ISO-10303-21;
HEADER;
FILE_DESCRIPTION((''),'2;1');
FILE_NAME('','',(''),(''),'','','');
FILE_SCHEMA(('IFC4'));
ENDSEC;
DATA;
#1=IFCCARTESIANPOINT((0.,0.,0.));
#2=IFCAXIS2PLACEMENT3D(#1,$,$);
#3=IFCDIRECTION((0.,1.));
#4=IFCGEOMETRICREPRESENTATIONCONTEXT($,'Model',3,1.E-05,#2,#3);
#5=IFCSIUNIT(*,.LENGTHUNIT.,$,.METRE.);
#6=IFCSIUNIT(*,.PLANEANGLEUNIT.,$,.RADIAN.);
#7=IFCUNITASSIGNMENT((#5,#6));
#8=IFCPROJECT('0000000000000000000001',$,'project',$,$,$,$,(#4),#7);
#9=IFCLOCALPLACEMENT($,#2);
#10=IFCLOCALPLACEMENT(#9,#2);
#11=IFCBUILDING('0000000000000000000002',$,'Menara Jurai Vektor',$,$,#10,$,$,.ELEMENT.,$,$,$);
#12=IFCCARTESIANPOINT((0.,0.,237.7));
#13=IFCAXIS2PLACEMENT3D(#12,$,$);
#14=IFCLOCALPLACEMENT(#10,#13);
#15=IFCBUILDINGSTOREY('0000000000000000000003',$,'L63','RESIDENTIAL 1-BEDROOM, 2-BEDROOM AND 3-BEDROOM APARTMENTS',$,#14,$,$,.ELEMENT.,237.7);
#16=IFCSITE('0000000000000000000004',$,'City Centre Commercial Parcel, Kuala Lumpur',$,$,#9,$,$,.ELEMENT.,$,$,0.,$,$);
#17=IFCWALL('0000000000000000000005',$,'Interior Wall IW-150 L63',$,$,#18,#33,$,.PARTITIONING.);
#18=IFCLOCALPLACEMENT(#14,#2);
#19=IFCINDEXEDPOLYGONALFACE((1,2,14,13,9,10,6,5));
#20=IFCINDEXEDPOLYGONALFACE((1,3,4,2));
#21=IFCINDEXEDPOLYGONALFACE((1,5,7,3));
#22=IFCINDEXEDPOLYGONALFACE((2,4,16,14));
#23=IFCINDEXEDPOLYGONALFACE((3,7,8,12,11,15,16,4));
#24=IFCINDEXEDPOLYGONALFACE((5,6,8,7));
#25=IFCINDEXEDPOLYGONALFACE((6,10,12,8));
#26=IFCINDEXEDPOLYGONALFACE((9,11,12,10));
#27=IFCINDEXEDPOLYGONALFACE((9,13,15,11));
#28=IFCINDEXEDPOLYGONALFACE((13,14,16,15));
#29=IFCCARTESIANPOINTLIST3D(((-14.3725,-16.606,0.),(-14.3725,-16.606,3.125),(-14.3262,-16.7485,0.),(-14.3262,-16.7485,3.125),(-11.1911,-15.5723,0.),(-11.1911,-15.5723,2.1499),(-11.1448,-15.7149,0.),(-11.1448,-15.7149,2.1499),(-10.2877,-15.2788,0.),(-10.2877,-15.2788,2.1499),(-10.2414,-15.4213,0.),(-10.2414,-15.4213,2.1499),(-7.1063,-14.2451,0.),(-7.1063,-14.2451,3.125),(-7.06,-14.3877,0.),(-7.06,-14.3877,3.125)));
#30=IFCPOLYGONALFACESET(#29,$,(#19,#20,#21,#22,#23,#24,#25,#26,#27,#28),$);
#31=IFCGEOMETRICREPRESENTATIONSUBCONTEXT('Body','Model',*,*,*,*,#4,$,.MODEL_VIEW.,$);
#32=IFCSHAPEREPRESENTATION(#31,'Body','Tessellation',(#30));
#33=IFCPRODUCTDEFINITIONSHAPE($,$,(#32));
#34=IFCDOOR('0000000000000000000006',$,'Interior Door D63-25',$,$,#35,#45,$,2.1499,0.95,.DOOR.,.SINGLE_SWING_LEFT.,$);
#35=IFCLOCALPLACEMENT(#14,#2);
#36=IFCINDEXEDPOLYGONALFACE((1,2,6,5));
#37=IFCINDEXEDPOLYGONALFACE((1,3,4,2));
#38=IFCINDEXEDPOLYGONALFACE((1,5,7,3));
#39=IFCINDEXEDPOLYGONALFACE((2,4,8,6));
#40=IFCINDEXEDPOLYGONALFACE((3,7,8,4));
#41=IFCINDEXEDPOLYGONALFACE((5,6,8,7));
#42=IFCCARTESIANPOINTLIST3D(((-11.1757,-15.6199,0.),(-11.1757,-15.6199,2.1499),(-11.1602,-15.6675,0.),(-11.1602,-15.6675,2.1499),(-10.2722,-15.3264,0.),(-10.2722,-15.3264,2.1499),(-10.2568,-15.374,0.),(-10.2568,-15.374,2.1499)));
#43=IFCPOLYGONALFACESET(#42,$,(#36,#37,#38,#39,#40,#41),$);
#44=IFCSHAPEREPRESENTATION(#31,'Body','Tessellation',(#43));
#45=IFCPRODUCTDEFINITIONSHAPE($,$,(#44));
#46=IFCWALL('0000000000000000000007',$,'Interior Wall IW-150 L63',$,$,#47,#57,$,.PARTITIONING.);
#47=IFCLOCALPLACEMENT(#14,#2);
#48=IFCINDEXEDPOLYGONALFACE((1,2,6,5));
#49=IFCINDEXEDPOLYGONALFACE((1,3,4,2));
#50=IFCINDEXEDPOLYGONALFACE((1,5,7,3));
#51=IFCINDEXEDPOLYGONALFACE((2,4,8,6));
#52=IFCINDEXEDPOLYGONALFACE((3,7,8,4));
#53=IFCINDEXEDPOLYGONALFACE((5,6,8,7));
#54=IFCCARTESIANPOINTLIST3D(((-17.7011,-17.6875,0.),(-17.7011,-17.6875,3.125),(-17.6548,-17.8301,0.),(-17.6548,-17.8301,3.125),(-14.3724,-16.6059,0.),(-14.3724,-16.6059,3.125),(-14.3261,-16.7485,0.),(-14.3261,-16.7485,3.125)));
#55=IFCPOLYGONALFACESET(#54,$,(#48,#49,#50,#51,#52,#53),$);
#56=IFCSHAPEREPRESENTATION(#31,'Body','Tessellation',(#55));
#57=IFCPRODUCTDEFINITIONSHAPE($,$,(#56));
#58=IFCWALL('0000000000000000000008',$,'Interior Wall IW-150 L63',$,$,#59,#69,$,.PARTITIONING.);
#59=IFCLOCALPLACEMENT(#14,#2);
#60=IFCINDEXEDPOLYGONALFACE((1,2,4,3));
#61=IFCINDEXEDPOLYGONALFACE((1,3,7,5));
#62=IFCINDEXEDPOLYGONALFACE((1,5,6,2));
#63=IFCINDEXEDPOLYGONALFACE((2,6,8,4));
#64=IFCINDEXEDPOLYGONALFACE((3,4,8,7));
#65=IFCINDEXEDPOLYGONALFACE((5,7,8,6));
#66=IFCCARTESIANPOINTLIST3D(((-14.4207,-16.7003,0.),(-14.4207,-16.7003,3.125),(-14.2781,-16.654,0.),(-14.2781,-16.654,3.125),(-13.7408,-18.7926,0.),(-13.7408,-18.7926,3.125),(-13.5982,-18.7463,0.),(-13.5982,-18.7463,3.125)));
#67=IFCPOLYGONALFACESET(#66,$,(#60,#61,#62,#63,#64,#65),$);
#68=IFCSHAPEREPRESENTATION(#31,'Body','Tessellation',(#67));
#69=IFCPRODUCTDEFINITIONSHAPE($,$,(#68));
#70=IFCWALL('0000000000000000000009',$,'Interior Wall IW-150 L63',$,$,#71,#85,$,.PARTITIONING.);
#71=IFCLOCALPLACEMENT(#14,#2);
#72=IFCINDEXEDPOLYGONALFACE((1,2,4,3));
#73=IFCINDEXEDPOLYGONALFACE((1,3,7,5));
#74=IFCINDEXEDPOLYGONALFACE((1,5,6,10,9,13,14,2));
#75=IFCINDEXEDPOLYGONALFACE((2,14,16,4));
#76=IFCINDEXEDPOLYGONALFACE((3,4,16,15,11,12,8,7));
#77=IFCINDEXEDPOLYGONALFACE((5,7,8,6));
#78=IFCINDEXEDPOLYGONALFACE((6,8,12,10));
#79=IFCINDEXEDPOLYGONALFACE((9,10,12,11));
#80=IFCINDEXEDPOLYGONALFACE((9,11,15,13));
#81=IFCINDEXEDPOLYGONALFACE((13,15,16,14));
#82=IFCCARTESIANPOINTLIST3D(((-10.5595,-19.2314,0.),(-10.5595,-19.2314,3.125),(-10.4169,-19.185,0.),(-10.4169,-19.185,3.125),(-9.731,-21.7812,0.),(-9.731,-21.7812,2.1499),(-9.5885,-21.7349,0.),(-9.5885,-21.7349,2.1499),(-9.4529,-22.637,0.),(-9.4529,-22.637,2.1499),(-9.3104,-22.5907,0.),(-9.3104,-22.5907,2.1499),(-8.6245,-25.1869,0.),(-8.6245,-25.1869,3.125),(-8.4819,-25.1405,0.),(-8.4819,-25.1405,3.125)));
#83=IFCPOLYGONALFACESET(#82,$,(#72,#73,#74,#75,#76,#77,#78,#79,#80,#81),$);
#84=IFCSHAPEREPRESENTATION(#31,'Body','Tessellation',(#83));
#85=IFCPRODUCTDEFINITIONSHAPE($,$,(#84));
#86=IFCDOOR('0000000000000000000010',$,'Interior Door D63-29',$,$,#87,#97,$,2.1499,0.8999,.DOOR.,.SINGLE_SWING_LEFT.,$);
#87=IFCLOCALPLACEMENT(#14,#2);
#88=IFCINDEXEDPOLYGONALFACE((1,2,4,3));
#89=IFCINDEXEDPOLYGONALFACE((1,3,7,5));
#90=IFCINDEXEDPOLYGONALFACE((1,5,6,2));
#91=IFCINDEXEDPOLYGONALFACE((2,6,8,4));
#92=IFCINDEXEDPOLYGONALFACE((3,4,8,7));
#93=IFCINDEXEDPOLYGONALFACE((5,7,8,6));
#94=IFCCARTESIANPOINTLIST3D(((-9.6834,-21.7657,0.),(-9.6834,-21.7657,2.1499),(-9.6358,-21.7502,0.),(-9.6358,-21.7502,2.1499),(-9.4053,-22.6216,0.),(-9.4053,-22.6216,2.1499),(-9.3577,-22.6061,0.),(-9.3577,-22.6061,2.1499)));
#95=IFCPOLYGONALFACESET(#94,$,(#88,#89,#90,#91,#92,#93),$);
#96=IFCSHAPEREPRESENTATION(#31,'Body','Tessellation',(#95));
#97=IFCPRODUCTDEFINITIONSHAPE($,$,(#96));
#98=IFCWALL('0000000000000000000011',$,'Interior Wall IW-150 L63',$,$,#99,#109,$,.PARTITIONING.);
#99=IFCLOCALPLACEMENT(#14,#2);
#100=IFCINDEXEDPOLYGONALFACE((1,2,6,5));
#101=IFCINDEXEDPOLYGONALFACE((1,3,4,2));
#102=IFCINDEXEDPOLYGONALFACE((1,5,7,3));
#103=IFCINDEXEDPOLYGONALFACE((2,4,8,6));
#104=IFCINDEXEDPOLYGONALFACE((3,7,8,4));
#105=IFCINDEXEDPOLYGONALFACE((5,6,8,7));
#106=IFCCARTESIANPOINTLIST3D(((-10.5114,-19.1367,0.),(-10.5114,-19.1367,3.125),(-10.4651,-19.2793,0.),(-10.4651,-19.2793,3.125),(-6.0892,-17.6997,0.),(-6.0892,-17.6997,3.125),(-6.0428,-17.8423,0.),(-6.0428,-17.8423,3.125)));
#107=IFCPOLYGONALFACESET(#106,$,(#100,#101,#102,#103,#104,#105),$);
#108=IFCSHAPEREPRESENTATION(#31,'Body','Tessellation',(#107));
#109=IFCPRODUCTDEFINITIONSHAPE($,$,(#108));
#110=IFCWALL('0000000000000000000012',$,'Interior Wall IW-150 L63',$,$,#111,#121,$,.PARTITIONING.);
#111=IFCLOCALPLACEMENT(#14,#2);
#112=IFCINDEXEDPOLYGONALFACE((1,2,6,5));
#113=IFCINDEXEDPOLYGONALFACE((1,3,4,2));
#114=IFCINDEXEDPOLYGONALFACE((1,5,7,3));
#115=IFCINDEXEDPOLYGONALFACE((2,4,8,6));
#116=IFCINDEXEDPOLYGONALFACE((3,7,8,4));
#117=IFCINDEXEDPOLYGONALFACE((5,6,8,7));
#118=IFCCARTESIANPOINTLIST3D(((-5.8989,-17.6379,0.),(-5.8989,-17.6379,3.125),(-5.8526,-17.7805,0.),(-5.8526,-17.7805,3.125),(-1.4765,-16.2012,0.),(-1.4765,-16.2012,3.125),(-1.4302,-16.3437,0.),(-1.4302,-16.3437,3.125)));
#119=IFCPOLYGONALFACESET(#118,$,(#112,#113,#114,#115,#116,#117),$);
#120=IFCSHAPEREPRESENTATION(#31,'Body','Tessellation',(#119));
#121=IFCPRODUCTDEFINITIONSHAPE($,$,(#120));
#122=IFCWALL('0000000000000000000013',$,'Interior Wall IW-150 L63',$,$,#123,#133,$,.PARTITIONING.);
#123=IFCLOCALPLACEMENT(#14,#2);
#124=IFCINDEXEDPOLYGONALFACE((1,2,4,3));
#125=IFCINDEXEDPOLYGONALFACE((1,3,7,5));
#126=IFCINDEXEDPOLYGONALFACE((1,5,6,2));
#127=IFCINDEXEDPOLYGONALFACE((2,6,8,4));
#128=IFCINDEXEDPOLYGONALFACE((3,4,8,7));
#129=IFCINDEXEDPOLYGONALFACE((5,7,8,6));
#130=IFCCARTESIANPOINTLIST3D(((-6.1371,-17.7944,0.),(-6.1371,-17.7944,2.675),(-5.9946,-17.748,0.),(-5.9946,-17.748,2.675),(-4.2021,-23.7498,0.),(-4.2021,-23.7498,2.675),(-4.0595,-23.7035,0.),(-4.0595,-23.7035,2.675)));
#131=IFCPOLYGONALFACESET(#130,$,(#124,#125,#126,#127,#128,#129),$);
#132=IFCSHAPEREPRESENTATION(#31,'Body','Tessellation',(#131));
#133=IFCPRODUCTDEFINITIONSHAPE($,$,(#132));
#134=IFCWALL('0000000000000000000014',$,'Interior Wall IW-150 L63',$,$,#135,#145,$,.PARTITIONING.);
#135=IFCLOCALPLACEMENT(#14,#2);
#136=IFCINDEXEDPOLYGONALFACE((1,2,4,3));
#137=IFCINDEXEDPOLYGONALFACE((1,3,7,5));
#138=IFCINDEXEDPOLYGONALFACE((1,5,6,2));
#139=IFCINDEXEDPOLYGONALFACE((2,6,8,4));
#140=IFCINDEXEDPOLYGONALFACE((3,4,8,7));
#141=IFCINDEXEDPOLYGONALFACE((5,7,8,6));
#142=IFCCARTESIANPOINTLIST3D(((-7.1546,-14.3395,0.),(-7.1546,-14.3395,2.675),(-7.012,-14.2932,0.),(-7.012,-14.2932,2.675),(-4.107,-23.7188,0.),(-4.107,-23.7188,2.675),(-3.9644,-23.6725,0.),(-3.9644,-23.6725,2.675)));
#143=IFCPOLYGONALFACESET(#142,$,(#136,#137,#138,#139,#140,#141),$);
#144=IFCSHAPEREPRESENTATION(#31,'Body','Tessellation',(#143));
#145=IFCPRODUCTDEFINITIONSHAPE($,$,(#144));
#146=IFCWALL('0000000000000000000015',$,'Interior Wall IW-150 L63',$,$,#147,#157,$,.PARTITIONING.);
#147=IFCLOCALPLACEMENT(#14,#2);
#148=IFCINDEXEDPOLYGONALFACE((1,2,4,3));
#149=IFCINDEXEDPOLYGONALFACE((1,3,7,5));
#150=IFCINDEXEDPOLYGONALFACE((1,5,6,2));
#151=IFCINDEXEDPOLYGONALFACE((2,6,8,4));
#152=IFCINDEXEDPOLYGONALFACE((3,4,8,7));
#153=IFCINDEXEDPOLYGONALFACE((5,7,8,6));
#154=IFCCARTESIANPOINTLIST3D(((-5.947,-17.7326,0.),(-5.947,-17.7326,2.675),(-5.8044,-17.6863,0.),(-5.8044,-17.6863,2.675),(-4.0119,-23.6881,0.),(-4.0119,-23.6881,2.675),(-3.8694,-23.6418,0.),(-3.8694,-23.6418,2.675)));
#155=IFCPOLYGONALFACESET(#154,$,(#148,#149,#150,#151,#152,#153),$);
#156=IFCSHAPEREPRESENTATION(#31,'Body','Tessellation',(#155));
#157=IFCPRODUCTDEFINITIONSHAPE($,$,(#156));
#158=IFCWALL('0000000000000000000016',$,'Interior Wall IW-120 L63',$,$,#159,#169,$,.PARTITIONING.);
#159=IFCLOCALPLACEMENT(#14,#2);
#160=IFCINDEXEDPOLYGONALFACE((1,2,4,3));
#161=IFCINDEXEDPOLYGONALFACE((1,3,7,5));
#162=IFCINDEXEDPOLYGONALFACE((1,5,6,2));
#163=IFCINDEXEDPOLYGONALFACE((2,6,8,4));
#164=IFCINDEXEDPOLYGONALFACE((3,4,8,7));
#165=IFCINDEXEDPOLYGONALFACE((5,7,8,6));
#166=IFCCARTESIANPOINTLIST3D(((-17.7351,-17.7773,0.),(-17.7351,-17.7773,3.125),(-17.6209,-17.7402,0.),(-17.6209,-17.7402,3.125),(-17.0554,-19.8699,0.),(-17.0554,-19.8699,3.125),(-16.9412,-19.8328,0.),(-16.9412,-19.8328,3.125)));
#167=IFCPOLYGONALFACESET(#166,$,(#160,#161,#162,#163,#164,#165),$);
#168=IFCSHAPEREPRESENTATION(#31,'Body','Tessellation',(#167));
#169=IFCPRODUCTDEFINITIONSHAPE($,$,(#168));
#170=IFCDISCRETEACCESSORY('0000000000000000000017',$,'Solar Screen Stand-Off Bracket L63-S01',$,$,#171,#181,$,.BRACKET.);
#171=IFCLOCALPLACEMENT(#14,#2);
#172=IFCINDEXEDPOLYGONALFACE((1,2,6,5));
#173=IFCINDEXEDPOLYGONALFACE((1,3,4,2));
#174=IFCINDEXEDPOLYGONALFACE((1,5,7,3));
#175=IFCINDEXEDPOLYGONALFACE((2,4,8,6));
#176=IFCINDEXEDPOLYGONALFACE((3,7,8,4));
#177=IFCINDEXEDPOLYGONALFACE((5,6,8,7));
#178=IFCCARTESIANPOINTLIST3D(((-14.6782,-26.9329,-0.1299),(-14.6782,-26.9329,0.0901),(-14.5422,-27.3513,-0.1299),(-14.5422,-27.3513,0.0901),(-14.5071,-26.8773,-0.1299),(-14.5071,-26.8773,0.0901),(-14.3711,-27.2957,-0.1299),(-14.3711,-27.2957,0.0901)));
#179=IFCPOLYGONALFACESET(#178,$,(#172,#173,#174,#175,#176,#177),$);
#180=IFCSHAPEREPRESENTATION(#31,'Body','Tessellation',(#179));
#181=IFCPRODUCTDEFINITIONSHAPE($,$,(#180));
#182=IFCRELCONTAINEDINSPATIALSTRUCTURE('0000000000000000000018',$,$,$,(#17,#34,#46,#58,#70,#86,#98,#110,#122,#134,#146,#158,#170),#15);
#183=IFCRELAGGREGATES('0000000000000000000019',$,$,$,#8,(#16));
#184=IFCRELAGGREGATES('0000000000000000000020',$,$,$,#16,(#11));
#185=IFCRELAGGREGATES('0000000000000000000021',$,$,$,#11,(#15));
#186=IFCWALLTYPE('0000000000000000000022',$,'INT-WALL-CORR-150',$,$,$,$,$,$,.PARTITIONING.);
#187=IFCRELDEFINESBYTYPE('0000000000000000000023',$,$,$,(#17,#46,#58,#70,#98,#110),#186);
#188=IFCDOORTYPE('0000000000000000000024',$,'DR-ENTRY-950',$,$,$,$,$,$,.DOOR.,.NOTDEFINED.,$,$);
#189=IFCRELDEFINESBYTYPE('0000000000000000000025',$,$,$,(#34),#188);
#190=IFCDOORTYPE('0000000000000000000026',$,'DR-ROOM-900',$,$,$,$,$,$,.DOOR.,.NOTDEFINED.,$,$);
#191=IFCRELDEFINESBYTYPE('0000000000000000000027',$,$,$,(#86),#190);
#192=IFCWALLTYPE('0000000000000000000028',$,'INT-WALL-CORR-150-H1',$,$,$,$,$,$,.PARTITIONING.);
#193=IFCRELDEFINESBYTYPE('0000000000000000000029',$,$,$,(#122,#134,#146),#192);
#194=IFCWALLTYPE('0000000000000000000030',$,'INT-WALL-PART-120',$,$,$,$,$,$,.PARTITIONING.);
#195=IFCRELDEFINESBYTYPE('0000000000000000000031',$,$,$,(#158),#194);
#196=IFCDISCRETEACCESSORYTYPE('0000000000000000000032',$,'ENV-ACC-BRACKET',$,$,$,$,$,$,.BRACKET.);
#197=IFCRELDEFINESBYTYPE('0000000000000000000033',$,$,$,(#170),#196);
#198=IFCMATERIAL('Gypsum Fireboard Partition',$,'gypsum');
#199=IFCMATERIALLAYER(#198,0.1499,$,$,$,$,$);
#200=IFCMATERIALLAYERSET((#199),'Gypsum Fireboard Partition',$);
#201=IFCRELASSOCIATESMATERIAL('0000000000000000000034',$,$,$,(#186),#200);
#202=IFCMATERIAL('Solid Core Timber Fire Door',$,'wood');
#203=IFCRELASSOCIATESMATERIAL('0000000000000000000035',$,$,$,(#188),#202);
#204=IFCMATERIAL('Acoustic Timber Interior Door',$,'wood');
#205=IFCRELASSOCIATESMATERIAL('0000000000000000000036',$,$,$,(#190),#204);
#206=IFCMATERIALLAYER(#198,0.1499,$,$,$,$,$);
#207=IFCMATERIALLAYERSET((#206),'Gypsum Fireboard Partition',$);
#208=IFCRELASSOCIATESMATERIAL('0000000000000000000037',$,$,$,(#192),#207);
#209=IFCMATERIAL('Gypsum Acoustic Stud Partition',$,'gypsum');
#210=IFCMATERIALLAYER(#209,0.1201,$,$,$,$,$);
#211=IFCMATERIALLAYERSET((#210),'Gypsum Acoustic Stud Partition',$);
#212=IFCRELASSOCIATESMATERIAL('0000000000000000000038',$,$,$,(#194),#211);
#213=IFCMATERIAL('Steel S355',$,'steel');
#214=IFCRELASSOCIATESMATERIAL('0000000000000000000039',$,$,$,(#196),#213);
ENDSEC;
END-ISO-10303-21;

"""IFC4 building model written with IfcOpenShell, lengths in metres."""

from ifc_helpers import new_model, si_unit, direction, frame, frame_2d, origin, origin_2d, place, context, subcontext, project, spatial, rectangle, extrude, material, layer, layer_set, type_object, element, fill, save


model = new_model("IFC4")

# Units and contexts
model_context = context("Model", 3, precision=1e-05, world=origin(), true_north=direction((0.0, 1.0)))
body_context = subcontext(model_context, "Body", "Model", "MODEL_VIEW")
ifc_project = project(units=[si_unit("LENGTHUNIT", "METRE"), si_unit("PLANEANGLEUNIT", "RADIAN")], contexts=[model_context])

# Site, building, storey
site_placement = place(None, origin())
site = spatial("IfcSite", under=ifc_project, at=site_placement, Name="City Centre Commercial Parcel, Kuala Lumpur", CompositionType="ELEMENT", RefElevation=0.0)
building_placement = place(site_placement, origin())
building = spatial("IfcBuilding", under=site, at=building_placement, Name="Menara Jurai Vektor", CompositionType="ELEMENT")
storey_placement = place(building_placement, frame((0.0, 0.0, 237.7)))
storey = spatial("IfcBuildingStorey", under=building, at=storey_placement, Name="L63", Description="RESIDENTIAL 1-BEDROOM, 2-BEDROOM AND 3-BEDROOM APARTMENTS", CompositionType="ELEMENT", Elevation=237.7)

# Shared definitions
ifc_material_1 = material(Name="Steel S355", Category="steel")

# Wall, opening, door
ifc_material_2 = material(Name="Gypsum Fireboard Partition", Category="gypsum")
ifc_layer_1 = layer(ifc_material_2, 0.1499)
ifc_layer_set_1 = layer_set([ifc_layer_1], Name="Gypsum Fireboard Partition")
wall_type_1 = type_object("IfcWallType", Name="INT-WALL-CORR-150", PredefinedType="PARTITIONING", material=ifc_layer_set_1)
wall_1_placement = place(storey_placement, frame((-14.3494, -16.6772, 0.0), z_axis=(0.0, 0.0, 1.0), x_axis=(0.951059, 0.309009, 0.0)))
wall_1 = element("IfcWall", 1, at=wall_1_placement, inside=storey, type_object=wall_type_1, Name="Interior Wall IW-150 L63", PredefinedType="PARTITIONING", context=body_context, shape_type="SweptSolid", body=[
    extrude(rectangle(XDim=7.6401, YDim=0.1499, at=frame_2d((3.8201, 0.0))), origin(), (0.0, 0.0, 1.0), 3.125),
])
opening_1_placement = place(wall_1_placement, frame((3.345, 0.0, 0.0)))
opening_1 = element("IfcOpeningElement", 2, at=opening_1_placement, cuts=wall_1, PredefinedType="OPENING", context=body_context, shape_type="SweptSolid", body=[
    extrude(rectangle(XDim=0.95, YDim=2.1499, at=frame_2d((0.4751, 1.075))), frame((0.0, 0.085, 0.0), z_axis=(0.0, -1.0, 0.0), x_axis=(1.0, 0.0, 0.0)), (0.0, 0.0, 1.0), 0.1699),
])
ifc_material_3 = material(Name="Solid Core Timber Fire Door", Category="wood")
door_type_1 = type_object("IfcDoorType", Name="DR-ENTRY-950", OperationType="NOTDEFINED", PredefinedType="DOOR", material=ifc_material_3)
door_1_placement = place(opening_1_placement, origin())
door_1 = element("IfcDoor", 3, at=door_1_placement, inside=storey, type_object=door_type_1, Name="Interior Door D63-25", OperationType="SINGLE_SWING_LEFT", OverallHeight=2.1499, OverallWidth=0.95, PredefinedType="DOOR", context=body_context, shape_type="SweptSolid", body=[
    extrude(rectangle(XDim=0.95, YDim=2.1499, at=frame_2d((0.4751, 1.075))), frame((0.0, 0.0249, 0.0), z_axis=(0.0, -1.0, 0.0), x_axis=(1.0, 0.0, 0.0)), (0.0, 0.0, 1.0), 0.05),
])
fill(opening_1, door_1)

# Wall
wall_2_placement = place(storey_placement, frame((-17.678, -17.7588, 0.0), z_axis=(0.0, 0.0, 1.0), x_axis=(0.951056, 0.30902, 0.0)))
element("IfcWall", 4, at=wall_2_placement, inside=storey, type_object=wall_type_1, Name="Interior Wall IW-150 L63", PredefinedType="PARTITIONING", context=body_context, shape_type="SweptSolid", body=[
    extrude(rectangle(XDim=3.5, YDim=0.1499, at=frame_2d((1.75, 0.0))), origin(), (0.0, 0.0, 1.0), 3.125),
])

# Wall
wall_3_placement = place(storey_placement, frame((-13.6694, -18.7695, 0.0), z_axis=(0.0, 0.0, 1.0), x_axis=(-0.309061, 0.951042, 0.0)))
element("IfcWall", 5, at=wall_3_placement, inside=storey, type_object=wall_type_1, Name="Interior Wall IW-150 L63", PredefinedType="PARTITIONING", context=body_context, shape_type="SweptSolid", body=[
    extrude(rectangle(XDim=2.2, YDim=0.1499, at=frame_2d((1.1001, 0.0))), origin(), (0.0, 0.0, 1.0), 3.125),
])

# Wall, opening, door
wall_4_placement = place(storey_placement, frame((-8.5532, -25.1636, 0.0), z_axis=(0.0, 0.0, 1.0), x_axis=(-0.309014, 0.951058, 0.0)))
wall_4 = element("IfcWall", 6, at=wall_4_placement, inside=storey, type_object=wall_type_1, Name="Interior Wall IW-150 L63", PredefinedType="PARTITIONING", context=body_context, shape_type="SweptSolid", body=[
    extrude(rectangle(XDim=6.262, YDim=0.1499, at=frame_2d((3.1309, 0.0))), origin(), (0.0, 0.0, 1.0), 3.125),
])
opening_2_placement = place(wall_4_placement, frame((2.6809, 0.0, 0.0)))
opening_2 = element("IfcOpeningElement", 7, at=opening_2_placement, cuts=wall_4, PredefinedType="OPENING", context=body_context, shape_type="SweptSolid", body=[
    extrude(rectangle(XDim=0.8999, YDim=2.1499, at=frame_2d((0.45, 1.075))), frame((0.0, 0.085, 0.0), z_axis=(0.0, -1.0, 0.0), x_axis=(1.0, 0.0, 0.0)), (0.0, 0.0, 1.0), 0.1699),
])
ifc_material_4 = material(Name="Acoustic Timber Interior Door", Category="wood")
door_type_2 = type_object("IfcDoorType", Name="DR-ROOM-900", OperationType="NOTDEFINED", PredefinedType="DOOR", material=ifc_material_4)
door_2_placement = place(opening_2_placement, origin())
door_2 = element("IfcDoor", 8, at=door_2_placement, inside=storey, type_object=door_type_2, Name="Interior Door D63-29", OperationType="SINGLE_SWING_LEFT", OverallHeight=2.1499, OverallWidth=0.8999, PredefinedType="DOOR", context=body_context, shape_type="SweptSolid", body=[
    extrude(rectangle(XDim=0.8999, YDim=2.1499, at=frame_2d((0.45, 1.075))), frame((0.0, 0.0249, 0.0), z_axis=(0.0, -1.0, 0.0), x_axis=(1.0, 0.0, 0.0)), (0.0, 0.0, 1.0), 0.05),
])
fill(opening_2, door_2)

# Walls
for number, where, z_axis, x_axis, name in (
    (9, (-10.4883, -19.208, 0.0), (0.0, 0.0, 1.0), (0.95105, 0.309036, 0.0), "Interior Wall IW-150 L63"),
    (10, (-5.8757, -17.7092, 0.0), (0.0, 0.0, 1.0), (0.951066, 0.308989, 0.0), "Interior Wall IW-150 L63"),
):
    element("IfcWall", number, at=place(storey_placement, frame(where, z_axis=z_axis, x_axis=x_axis)), inside=storey, type_object=wall_type_1, Name=name, PredefinedType="PARTITIONING", context=body_context, shape_type="SweptSolid", body=[
        extrude(rectangle(XDim=4.6499, YDim=0.1499, at=frame_2d((2.325, 0.0))), origin(), (0.0, 0.0, 1.0), 3.125),
    ])
ifc_layer_2 = layer(ifc_material_2, 0.1499)
ifc_layer_set_2 = layer_set([ifc_layer_2], Name="Gypsum Fireboard Partition")
wall_type_2 = type_object("IfcWallType", Name="INT-WALL-CORR-150-H1", PredefinedType="PARTITIONING", material=ifc_layer_set_2)
wall_5_placement = place(storey_placement, frame((-4.1309, -23.7266, 0.0), z_axis=(0.0, 0.0, 1.0), x_axis=(-0.309014, 0.951058, 0.0)))
element("IfcWall", 11, at=wall_5_placement, inside=storey, type_object=wall_type_2, Name="Interior Wall IW-150 L63", PredefinedType="PARTITIONING", context=body_context, shape_type="SweptSolid", body=[
    extrude(rectangle(XDim=6.262, YDim=0.1499, at=frame_2d((3.1309, 0.0))), origin(), (0.0, 0.0, 1.0), 2.675),
])
wall_6_placement = place(storey_placement, frame((-4.0356, -23.6958, 0.0), z_axis=(0.0, 0.0, 1.0), x_axis=(-0.309022, 0.951055, 0.0)))
element("IfcWall", 12, at=wall_6_placement, inside=storey, type_object=wall_type_2, Name="Interior Wall IW-150 L63", PredefinedType="PARTITIONING", context=body_context, shape_type="SweptSolid", body=[
    extrude(rectangle(XDim=9.8621, YDim=0.1499, at=frame_2d((4.9312, 0.0))), origin(), (0.0, 0.0, 1.0), 2.675),
])
wall_7_placement = place(storey_placement, frame((-3.9407, -23.6648, 0.0), z_axis=(0.0, 0.0, 1.0), x_axis=(-0.309014, 0.951058, 0.0)))
element("IfcWall", 13, at=wall_7_placement, inside=storey, type_object=wall_type_2, Name="Interior Wall IW-150 L63", PredefinedType="PARTITIONING", context=body_context, shape_type="SweptSolid", body=[
    extrude(rectangle(XDim=6.262, YDim=0.1499, at=frame_2d((3.1309, 0.0))), origin(), (0.0, 0.0, 1.0), 2.675),
])
ifc_material_5 = material(Name="Gypsum Acoustic Stud Partition", Category="gypsum")
ifc_layer_3 = layer(ifc_material_5, 0.1201)
ifc_layer_set_3 = layer_set([ifc_layer_3], Name="Gypsum Acoustic Stud Partition")
wall_type_3 = type_object("IfcWallType", Name="INT-WALL-PART-120", PredefinedType="PARTITIONING", material=ifc_layer_set_3)
wall_8_placement = place(storey_placement, frame((-16.9983, -19.8513, 0.0), z_axis=(0.0, 0.0, 1.0), x_axis=(-0.308928, 0.951085, 0.0)))
element("IfcWall", 14, at=wall_8_placement, inside=storey, type_object=wall_type_3, Name="Interior Wall IW-120 L63", PredefinedType="PARTITIONING", context=body_context, shape_type="SweptSolid", body=[
    extrude(rectangle(XDim=2.2002, YDim=0.1201, at=frame_2d((1.1001, 0.0))), origin(), (0.0, 0.0, 1.0), 3.125),
])

# Discrete accessory
discrete_accessory_type = type_object("IfcDiscreteAccessoryType", Name="ENV-ACC-BRACKET", PredefinedType="BRACKET", material=ifc_material_1)
discrete_accessory_placement = place(storey_placement, frame((-14.5247, -27.1143, -0.1299), z_axis=(0.0, 0.0, 1.0), x_axis=(0.951057, 0.309017, 0.0)))
element("IfcDiscreteAccessory", 15, at=discrete_accessory_placement, inside=storey, type_object=discrete_accessory_type, Name="Solar Screen Stand-Off Bracket L63-S01", PredefinedType="BRACKET", context=body_context, shape_type="SweptSolid", body=[
    extrude(rectangle(XDim=0.1799, YDim=0.4399, at=origin_2d()), origin(), (0.0, 0.0, 1.0), 0.22),
])

save(model, "model.ifc")
